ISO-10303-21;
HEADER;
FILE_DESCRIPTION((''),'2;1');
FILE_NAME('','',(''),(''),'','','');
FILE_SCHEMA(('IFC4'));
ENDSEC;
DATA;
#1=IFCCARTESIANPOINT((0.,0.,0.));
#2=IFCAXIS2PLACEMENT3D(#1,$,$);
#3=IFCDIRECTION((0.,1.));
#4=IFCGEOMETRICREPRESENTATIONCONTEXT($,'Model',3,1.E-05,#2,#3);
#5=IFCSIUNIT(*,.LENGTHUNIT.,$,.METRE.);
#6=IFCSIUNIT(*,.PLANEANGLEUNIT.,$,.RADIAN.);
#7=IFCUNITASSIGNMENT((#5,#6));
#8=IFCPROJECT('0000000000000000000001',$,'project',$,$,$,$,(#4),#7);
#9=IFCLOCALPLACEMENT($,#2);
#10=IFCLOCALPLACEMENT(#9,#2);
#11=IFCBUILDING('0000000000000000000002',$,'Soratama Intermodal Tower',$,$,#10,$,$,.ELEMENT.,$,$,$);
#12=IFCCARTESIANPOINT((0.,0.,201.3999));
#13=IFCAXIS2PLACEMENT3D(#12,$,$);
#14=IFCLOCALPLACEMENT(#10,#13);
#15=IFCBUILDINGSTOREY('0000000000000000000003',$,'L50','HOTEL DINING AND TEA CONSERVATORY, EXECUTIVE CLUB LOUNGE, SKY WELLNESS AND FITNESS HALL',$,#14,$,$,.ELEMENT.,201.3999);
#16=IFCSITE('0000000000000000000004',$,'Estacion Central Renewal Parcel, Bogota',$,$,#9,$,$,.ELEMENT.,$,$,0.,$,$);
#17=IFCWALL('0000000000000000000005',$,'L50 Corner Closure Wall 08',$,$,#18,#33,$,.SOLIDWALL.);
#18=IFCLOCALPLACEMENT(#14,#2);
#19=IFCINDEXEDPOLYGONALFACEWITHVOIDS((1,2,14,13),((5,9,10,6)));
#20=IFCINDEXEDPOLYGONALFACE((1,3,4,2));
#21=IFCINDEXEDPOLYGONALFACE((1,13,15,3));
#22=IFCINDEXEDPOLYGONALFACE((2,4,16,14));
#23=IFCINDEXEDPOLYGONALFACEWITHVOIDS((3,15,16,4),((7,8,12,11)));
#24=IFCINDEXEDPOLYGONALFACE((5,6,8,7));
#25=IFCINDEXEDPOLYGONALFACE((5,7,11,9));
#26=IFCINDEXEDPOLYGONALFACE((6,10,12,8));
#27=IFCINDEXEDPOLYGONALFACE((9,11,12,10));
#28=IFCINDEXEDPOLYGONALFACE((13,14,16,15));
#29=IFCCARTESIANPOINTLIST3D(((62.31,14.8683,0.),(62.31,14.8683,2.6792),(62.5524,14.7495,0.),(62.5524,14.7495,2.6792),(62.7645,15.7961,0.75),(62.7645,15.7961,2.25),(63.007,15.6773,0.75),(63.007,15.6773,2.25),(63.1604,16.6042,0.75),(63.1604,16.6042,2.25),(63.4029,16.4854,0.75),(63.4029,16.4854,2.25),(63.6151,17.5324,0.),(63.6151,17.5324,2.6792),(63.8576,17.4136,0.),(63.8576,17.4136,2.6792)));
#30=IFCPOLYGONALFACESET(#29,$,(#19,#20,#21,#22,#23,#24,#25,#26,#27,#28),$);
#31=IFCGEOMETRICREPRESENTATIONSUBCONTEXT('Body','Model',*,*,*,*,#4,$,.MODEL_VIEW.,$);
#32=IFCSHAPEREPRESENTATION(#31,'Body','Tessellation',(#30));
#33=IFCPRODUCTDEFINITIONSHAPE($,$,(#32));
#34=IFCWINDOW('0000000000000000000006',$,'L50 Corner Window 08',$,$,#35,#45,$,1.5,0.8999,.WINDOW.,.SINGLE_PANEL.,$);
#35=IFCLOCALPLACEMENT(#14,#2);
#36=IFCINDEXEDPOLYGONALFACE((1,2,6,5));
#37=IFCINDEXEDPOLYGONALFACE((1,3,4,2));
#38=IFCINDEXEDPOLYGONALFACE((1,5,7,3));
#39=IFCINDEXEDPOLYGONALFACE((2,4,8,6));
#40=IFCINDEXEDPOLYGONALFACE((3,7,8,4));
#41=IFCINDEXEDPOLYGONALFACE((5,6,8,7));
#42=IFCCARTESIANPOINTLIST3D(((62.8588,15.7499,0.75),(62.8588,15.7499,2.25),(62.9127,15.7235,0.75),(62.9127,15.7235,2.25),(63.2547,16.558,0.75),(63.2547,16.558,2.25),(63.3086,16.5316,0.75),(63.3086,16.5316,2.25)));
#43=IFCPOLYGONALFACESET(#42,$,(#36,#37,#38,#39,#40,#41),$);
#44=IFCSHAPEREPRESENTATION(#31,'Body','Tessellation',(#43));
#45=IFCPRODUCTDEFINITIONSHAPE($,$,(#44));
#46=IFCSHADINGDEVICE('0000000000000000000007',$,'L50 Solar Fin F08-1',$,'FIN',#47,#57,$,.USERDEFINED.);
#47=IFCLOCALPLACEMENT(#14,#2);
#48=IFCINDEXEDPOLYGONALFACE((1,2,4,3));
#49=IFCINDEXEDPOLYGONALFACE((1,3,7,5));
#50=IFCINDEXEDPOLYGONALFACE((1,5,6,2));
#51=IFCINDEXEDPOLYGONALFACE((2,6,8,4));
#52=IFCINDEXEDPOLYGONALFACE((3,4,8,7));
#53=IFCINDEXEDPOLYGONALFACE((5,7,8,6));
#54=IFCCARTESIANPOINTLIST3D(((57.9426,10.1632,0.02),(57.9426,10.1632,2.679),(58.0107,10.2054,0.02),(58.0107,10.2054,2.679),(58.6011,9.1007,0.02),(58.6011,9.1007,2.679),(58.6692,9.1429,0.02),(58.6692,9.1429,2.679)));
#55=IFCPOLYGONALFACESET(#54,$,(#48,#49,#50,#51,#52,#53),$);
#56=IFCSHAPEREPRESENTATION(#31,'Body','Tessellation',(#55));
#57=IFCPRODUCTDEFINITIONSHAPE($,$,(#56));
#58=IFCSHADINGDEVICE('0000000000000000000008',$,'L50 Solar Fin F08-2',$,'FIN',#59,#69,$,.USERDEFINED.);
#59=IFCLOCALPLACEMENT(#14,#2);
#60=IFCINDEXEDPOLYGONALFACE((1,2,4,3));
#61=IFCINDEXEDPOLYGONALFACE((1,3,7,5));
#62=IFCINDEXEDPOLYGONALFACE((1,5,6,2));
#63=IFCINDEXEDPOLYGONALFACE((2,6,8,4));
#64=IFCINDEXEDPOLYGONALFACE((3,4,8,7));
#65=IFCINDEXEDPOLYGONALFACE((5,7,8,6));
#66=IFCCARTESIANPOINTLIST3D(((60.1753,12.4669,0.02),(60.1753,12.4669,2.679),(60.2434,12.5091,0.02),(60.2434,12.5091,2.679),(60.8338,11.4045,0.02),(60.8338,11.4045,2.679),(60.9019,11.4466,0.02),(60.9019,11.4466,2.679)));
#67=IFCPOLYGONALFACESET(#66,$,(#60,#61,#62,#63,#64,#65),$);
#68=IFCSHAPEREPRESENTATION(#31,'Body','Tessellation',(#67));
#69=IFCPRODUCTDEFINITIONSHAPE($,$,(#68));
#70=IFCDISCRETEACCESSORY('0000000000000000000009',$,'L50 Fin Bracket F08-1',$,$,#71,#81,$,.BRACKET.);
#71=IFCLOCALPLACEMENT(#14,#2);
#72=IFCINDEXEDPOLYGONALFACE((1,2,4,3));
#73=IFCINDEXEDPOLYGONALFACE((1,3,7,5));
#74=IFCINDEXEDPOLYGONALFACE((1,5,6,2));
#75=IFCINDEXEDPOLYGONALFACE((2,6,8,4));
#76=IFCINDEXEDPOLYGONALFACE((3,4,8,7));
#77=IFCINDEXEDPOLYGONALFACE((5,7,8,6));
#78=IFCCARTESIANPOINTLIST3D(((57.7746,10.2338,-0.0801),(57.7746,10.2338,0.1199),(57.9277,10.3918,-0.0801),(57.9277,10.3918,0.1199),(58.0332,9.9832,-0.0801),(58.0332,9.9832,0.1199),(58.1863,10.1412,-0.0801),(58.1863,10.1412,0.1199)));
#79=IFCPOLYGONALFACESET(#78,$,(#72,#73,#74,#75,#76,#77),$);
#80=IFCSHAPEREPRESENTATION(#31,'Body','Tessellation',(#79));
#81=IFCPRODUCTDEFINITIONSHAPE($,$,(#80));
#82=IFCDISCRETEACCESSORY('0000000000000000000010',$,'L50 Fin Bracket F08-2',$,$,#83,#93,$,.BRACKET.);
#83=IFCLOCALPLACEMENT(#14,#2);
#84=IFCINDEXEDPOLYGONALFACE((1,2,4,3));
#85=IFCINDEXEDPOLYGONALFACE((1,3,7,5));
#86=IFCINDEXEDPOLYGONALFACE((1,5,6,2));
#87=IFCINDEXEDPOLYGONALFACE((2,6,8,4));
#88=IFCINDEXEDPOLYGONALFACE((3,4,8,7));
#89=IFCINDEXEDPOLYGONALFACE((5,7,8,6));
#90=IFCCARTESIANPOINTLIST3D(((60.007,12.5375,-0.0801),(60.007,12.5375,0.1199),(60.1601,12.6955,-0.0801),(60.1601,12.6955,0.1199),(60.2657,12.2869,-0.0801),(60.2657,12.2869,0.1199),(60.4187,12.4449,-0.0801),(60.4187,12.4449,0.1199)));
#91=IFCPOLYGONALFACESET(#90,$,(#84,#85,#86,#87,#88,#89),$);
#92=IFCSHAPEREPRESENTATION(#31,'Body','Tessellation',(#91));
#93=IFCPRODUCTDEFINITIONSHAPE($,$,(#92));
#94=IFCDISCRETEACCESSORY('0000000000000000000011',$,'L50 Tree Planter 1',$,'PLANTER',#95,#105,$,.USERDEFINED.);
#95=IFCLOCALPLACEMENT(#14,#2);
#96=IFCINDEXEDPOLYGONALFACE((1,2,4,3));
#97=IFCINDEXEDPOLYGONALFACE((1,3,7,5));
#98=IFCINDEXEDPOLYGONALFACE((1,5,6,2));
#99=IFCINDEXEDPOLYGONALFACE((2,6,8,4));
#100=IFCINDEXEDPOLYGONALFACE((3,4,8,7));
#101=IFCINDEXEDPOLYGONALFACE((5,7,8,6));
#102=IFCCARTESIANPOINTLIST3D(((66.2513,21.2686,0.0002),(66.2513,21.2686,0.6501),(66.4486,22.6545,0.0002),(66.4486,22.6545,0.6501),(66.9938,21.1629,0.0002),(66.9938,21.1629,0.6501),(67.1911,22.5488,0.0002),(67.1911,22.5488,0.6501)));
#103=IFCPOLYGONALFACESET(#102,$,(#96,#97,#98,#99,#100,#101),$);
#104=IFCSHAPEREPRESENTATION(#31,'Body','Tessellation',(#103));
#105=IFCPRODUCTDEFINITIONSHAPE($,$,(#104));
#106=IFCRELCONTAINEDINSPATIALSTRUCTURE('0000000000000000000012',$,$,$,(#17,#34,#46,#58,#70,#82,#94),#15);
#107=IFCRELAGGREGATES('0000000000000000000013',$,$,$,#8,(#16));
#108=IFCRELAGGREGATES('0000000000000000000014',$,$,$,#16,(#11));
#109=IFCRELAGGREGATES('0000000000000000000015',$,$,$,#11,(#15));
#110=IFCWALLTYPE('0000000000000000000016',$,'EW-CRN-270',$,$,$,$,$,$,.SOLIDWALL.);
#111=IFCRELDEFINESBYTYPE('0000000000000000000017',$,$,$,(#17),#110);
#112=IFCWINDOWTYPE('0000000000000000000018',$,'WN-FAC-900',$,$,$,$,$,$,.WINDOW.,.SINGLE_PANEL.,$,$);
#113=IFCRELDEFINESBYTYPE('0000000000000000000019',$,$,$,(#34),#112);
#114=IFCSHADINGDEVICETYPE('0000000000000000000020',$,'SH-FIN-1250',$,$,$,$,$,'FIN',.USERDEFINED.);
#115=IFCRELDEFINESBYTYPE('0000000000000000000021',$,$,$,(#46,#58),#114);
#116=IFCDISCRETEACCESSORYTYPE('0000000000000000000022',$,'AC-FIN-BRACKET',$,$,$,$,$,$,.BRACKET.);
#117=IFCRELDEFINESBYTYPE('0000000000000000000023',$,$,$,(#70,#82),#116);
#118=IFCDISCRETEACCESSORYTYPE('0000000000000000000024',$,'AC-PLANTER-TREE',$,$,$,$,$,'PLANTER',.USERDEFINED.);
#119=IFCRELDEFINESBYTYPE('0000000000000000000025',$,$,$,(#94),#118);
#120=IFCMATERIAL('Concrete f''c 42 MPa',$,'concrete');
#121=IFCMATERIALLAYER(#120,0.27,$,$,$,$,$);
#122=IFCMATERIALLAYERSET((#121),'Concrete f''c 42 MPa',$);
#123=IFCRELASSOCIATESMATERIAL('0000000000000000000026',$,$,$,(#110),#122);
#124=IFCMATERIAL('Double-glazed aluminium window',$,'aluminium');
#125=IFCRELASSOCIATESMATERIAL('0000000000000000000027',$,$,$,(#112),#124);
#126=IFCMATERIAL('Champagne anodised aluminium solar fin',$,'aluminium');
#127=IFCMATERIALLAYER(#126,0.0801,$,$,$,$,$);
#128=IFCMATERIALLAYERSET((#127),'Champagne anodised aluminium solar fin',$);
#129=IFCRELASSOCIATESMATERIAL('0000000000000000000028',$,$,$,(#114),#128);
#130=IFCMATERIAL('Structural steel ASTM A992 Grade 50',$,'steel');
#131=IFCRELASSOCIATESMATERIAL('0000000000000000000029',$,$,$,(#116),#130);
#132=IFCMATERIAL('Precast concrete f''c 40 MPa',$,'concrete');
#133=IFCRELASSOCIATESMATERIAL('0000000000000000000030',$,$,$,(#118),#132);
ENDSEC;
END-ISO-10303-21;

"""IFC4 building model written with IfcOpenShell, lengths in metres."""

from ifc_helpers import new_model, si_unit, direction, frame, frame_2d, origin, origin_2d, place, context, subcontext, project, spatial, rectangle, extrude, material, layer, layer_set, type_object, element, fill, save


model = new_model("IFC4")

# Units and contexts
model_context = context("Model", 3, precision=1e-05, world=origin(), true_north=direction((0.0, 1.0)))
body_context = subcontext(model_context, "Body", "Model", "MODEL_VIEW")
ifc_project = project(units=[si_unit("LENGTHUNIT", "METRE"), si_unit("PLANEANGLEUNIT", "RADIAN")], contexts=[model_context])

# Site, building, storey
site_placement = place(None, origin())
site = spatial("IfcSite", under=ifc_project, at=site_placement, Name="Estacion Central Renewal Parcel, Bogota", CompositionType="ELEMENT", RefElevation=0.0)
building_placement = place(site_placement, origin())
building = spatial("IfcBuilding", under=site, at=building_placement, Name="Soratama Intermodal Tower", CompositionType="ELEMENT")
storey_placement = place(building_placement, frame((0.0, 0.0, 201.3999)))
storey = spatial("IfcBuildingStorey", under=building, at=storey_placement, Name="L50", Description="HOTEL DINING AND TEA CONSERVATORY, EXECUTIVE CLUB LOUNGE, SKY WELLNESS AND FITNESS HALL", CompositionType="ELEMENT", Elevation=201.3999)

# Wall, opening, window
ifc_material_1 = material(Name="Concrete f'c 42 MPa", Category="concrete")
ifc_layer_1 = layer(ifc_material_1, 0.27)
ifc_layer_set_1 = layer_set([ifc_layer_1], Name="Concrete f'c 42 MPa")
wall_type_1 = type_object("IfcWallType", Name="EW-CRN-270", PredefinedType="SOLIDWALL", material=ifc_layer_set_1)
wall_1_placement = place(storey_placement, frame((62.4312, 14.8088, 0.0), z_axis=(0.0, 0.0, 1.0), x_axis=(0.439957, 0.898019, 0.0)))
wall_1 = element("IfcWall", 1, at=wall_1_placement, inside=storey, type_object=wall_type_1, Name="L50 Corner Closure Wall 08", PredefinedType="SOLIDWALL", context=body_context, shape_type="SweptSolid", body=[
    extrude(rectangle(XDim=2.9666, YDim=0.27, at=frame_2d((1.4834, 0.0))), origin(), (0.0, 0.0, 1.0), 2.6792),
])
opening_1_placement = place(wall_1_placement, frame((1.0332, 0.0, 0.75)))
opening_1 = element("IfcOpeningElement", 2, at=opening_1_placement, cuts=wall_1, PredefinedType="OPENING", context=body_context, shape_type="SweptSolid", body=[
    extrude(rectangle(XDim=0.8999, YDim=1.5, at=frame_2d((0.45, 0.75))), frame((0.0, 0.145, 0.0), z_axis=(0.0, -1.0, 0.0), x_axis=(1.0, 0.0, 0.0)), (0.0, 0.0, 1.0), 0.29),
])
ifc_material_2 = material(Name="Double-glazed aluminium window", Category="aluminium")
window_type_1 = type_object("IfcWindowType", Name="WN-FAC-900", PartitioningType="SINGLE_PANEL", PredefinedType="WINDOW", material=ifc_material_2)
window_1_placement = place(opening_1_placement, origin())
window_1 = element("IfcWindow", 3, at=window_1_placement, inside=storey, type_object=window_type_1, Name="L50 Corner Window 08", OverallHeight=1.5, OverallWidth=0.8999, PartitioningType="SINGLE_PANEL", PredefinedType="WINDOW", context=body_context, shape_type="SweptSolid", body=[
    extrude(rectangle(XDim=0.8999, YDim=1.5, at=frame_2d((0.45, 0.75))), frame((0.0, 0.03, 0.0), z_axis=(0.0, -1.0, 0.0), x_axis=(1.0, 0.0, 0.0)), (0.0, 0.0, 1.0), 0.0601),
])
fill(opening_1, window_1)

# Shading devices
ifc_material_3 = material(Name="Champagne anodised aluminium solar fin", Category="aluminium")
ifc_layer_2 = layer(ifc_material_3, 0.0801)
ifc_layer_set_2 = layer_set([ifc_layer_2], Name="Champagne anodised aluminium solar fin")
shading_device_type = type_object("IfcShadingDeviceType", Name="SH-FIN-1250", ElementType="FIN", PredefinedType="USERDEFINED", material=ifc_layer_set_2)
for number, where, z_axis, x_axis, name in (
    (4, (58.3059, 9.6531, 0.02), (0.0, 0.0, 1.0), (0.526807, -0.849985, 0.0), "L50 Solar Fin F08-1"),
    (5, (60.5386, 11.9568, 0.02), (0.0, 0.0, 1.0), (0.526807, -0.849985, 0.0), "L50 Solar Fin F08-2"),
):
    element("IfcShadingDevice", number, at=place(storey_placement, frame(where, z_axis=z_axis, x_axis=x_axis)), inside=storey, type_object=shading_device_type, Name=name, ObjectType="FIN", PredefinedType="USERDEFINED", context=body_context, shape_type="SweptSolid", body=[
        extrude(rectangle(XDim=1.25, YDim=0.0801, at=origin_2d()), origin(), (0.0, 0.0, 1.0), 2.6589),
    ])

# Discrete accessories
ifc_material_4 = material(Name="Structural steel ASTM A992 Grade 50", Category="steel")
discrete_accessory_type_1 = type_object("IfcDiscreteAccessoryType", Name="AC-FIN-BRACKET", PredefinedType="BRACKET", material=ifc_material_4)
for number, where, z_axis, x_axis, name in (
    (6, (57.9805, 10.1875, -0.0801), (0.0, 0.0, 1.0), (0.718126, -0.695913, 0.0), "L50 Fin Bracket F08-1"),
    (7, (60.2129, 12.4912, -0.0801), (0.0, 0.0, 1.0), (0.718126, -0.695913, 0.0), "L50 Fin Bracket F08-2"),
):
    element("IfcDiscreteAccessory", number, at=place(storey_placement, frame(where, z_axis=z_axis, x_axis=x_axis)), inside=storey, type_object=discrete_accessory_type_1, Name=name, PredefinedType="BRACKET", context=body_context, shape_type="SweptSolid", body=[
        extrude(rectangle(XDim=0.3601, YDim=0.22, at=origin_2d()), origin(), (0.0, 0.0, 1.0), 0.2),
    ])
ifc_material_5 = material(Name="Precast concrete f'c 40 MPa", Category="concrete")
discrete_accessory_type_2 = type_object("IfcDiscreteAccessoryType", Name="AC-PLANTER-TREE", ElementType="PLANTER", PredefinedType="USERDEFINED", material=ifc_material_5)
discrete_accessory_placement = place(storey_placement, frame((66.7212, 21.9087, 0.0002), z_axis=(0.0, 0.0, 1.0), x_axis=(0.990024, -0.140901, 0.0)))
element("IfcDiscreteAccessory", 8, at=discrete_accessory_placement, inside=storey, type_object=discrete_accessory_type_2, Name="L50 Tree Planter 1", ObjectType="PLANTER", PredefinedType="USERDEFINED", context=body_context, shape_type="SweptSolid", body=[
    extrude(rectangle(XDim=0.75, YDim=1.3999, at=origin_2d()), origin(), (0.0, 0.0, 1.0), 0.6499),
])

save(model, "model.ifc")
